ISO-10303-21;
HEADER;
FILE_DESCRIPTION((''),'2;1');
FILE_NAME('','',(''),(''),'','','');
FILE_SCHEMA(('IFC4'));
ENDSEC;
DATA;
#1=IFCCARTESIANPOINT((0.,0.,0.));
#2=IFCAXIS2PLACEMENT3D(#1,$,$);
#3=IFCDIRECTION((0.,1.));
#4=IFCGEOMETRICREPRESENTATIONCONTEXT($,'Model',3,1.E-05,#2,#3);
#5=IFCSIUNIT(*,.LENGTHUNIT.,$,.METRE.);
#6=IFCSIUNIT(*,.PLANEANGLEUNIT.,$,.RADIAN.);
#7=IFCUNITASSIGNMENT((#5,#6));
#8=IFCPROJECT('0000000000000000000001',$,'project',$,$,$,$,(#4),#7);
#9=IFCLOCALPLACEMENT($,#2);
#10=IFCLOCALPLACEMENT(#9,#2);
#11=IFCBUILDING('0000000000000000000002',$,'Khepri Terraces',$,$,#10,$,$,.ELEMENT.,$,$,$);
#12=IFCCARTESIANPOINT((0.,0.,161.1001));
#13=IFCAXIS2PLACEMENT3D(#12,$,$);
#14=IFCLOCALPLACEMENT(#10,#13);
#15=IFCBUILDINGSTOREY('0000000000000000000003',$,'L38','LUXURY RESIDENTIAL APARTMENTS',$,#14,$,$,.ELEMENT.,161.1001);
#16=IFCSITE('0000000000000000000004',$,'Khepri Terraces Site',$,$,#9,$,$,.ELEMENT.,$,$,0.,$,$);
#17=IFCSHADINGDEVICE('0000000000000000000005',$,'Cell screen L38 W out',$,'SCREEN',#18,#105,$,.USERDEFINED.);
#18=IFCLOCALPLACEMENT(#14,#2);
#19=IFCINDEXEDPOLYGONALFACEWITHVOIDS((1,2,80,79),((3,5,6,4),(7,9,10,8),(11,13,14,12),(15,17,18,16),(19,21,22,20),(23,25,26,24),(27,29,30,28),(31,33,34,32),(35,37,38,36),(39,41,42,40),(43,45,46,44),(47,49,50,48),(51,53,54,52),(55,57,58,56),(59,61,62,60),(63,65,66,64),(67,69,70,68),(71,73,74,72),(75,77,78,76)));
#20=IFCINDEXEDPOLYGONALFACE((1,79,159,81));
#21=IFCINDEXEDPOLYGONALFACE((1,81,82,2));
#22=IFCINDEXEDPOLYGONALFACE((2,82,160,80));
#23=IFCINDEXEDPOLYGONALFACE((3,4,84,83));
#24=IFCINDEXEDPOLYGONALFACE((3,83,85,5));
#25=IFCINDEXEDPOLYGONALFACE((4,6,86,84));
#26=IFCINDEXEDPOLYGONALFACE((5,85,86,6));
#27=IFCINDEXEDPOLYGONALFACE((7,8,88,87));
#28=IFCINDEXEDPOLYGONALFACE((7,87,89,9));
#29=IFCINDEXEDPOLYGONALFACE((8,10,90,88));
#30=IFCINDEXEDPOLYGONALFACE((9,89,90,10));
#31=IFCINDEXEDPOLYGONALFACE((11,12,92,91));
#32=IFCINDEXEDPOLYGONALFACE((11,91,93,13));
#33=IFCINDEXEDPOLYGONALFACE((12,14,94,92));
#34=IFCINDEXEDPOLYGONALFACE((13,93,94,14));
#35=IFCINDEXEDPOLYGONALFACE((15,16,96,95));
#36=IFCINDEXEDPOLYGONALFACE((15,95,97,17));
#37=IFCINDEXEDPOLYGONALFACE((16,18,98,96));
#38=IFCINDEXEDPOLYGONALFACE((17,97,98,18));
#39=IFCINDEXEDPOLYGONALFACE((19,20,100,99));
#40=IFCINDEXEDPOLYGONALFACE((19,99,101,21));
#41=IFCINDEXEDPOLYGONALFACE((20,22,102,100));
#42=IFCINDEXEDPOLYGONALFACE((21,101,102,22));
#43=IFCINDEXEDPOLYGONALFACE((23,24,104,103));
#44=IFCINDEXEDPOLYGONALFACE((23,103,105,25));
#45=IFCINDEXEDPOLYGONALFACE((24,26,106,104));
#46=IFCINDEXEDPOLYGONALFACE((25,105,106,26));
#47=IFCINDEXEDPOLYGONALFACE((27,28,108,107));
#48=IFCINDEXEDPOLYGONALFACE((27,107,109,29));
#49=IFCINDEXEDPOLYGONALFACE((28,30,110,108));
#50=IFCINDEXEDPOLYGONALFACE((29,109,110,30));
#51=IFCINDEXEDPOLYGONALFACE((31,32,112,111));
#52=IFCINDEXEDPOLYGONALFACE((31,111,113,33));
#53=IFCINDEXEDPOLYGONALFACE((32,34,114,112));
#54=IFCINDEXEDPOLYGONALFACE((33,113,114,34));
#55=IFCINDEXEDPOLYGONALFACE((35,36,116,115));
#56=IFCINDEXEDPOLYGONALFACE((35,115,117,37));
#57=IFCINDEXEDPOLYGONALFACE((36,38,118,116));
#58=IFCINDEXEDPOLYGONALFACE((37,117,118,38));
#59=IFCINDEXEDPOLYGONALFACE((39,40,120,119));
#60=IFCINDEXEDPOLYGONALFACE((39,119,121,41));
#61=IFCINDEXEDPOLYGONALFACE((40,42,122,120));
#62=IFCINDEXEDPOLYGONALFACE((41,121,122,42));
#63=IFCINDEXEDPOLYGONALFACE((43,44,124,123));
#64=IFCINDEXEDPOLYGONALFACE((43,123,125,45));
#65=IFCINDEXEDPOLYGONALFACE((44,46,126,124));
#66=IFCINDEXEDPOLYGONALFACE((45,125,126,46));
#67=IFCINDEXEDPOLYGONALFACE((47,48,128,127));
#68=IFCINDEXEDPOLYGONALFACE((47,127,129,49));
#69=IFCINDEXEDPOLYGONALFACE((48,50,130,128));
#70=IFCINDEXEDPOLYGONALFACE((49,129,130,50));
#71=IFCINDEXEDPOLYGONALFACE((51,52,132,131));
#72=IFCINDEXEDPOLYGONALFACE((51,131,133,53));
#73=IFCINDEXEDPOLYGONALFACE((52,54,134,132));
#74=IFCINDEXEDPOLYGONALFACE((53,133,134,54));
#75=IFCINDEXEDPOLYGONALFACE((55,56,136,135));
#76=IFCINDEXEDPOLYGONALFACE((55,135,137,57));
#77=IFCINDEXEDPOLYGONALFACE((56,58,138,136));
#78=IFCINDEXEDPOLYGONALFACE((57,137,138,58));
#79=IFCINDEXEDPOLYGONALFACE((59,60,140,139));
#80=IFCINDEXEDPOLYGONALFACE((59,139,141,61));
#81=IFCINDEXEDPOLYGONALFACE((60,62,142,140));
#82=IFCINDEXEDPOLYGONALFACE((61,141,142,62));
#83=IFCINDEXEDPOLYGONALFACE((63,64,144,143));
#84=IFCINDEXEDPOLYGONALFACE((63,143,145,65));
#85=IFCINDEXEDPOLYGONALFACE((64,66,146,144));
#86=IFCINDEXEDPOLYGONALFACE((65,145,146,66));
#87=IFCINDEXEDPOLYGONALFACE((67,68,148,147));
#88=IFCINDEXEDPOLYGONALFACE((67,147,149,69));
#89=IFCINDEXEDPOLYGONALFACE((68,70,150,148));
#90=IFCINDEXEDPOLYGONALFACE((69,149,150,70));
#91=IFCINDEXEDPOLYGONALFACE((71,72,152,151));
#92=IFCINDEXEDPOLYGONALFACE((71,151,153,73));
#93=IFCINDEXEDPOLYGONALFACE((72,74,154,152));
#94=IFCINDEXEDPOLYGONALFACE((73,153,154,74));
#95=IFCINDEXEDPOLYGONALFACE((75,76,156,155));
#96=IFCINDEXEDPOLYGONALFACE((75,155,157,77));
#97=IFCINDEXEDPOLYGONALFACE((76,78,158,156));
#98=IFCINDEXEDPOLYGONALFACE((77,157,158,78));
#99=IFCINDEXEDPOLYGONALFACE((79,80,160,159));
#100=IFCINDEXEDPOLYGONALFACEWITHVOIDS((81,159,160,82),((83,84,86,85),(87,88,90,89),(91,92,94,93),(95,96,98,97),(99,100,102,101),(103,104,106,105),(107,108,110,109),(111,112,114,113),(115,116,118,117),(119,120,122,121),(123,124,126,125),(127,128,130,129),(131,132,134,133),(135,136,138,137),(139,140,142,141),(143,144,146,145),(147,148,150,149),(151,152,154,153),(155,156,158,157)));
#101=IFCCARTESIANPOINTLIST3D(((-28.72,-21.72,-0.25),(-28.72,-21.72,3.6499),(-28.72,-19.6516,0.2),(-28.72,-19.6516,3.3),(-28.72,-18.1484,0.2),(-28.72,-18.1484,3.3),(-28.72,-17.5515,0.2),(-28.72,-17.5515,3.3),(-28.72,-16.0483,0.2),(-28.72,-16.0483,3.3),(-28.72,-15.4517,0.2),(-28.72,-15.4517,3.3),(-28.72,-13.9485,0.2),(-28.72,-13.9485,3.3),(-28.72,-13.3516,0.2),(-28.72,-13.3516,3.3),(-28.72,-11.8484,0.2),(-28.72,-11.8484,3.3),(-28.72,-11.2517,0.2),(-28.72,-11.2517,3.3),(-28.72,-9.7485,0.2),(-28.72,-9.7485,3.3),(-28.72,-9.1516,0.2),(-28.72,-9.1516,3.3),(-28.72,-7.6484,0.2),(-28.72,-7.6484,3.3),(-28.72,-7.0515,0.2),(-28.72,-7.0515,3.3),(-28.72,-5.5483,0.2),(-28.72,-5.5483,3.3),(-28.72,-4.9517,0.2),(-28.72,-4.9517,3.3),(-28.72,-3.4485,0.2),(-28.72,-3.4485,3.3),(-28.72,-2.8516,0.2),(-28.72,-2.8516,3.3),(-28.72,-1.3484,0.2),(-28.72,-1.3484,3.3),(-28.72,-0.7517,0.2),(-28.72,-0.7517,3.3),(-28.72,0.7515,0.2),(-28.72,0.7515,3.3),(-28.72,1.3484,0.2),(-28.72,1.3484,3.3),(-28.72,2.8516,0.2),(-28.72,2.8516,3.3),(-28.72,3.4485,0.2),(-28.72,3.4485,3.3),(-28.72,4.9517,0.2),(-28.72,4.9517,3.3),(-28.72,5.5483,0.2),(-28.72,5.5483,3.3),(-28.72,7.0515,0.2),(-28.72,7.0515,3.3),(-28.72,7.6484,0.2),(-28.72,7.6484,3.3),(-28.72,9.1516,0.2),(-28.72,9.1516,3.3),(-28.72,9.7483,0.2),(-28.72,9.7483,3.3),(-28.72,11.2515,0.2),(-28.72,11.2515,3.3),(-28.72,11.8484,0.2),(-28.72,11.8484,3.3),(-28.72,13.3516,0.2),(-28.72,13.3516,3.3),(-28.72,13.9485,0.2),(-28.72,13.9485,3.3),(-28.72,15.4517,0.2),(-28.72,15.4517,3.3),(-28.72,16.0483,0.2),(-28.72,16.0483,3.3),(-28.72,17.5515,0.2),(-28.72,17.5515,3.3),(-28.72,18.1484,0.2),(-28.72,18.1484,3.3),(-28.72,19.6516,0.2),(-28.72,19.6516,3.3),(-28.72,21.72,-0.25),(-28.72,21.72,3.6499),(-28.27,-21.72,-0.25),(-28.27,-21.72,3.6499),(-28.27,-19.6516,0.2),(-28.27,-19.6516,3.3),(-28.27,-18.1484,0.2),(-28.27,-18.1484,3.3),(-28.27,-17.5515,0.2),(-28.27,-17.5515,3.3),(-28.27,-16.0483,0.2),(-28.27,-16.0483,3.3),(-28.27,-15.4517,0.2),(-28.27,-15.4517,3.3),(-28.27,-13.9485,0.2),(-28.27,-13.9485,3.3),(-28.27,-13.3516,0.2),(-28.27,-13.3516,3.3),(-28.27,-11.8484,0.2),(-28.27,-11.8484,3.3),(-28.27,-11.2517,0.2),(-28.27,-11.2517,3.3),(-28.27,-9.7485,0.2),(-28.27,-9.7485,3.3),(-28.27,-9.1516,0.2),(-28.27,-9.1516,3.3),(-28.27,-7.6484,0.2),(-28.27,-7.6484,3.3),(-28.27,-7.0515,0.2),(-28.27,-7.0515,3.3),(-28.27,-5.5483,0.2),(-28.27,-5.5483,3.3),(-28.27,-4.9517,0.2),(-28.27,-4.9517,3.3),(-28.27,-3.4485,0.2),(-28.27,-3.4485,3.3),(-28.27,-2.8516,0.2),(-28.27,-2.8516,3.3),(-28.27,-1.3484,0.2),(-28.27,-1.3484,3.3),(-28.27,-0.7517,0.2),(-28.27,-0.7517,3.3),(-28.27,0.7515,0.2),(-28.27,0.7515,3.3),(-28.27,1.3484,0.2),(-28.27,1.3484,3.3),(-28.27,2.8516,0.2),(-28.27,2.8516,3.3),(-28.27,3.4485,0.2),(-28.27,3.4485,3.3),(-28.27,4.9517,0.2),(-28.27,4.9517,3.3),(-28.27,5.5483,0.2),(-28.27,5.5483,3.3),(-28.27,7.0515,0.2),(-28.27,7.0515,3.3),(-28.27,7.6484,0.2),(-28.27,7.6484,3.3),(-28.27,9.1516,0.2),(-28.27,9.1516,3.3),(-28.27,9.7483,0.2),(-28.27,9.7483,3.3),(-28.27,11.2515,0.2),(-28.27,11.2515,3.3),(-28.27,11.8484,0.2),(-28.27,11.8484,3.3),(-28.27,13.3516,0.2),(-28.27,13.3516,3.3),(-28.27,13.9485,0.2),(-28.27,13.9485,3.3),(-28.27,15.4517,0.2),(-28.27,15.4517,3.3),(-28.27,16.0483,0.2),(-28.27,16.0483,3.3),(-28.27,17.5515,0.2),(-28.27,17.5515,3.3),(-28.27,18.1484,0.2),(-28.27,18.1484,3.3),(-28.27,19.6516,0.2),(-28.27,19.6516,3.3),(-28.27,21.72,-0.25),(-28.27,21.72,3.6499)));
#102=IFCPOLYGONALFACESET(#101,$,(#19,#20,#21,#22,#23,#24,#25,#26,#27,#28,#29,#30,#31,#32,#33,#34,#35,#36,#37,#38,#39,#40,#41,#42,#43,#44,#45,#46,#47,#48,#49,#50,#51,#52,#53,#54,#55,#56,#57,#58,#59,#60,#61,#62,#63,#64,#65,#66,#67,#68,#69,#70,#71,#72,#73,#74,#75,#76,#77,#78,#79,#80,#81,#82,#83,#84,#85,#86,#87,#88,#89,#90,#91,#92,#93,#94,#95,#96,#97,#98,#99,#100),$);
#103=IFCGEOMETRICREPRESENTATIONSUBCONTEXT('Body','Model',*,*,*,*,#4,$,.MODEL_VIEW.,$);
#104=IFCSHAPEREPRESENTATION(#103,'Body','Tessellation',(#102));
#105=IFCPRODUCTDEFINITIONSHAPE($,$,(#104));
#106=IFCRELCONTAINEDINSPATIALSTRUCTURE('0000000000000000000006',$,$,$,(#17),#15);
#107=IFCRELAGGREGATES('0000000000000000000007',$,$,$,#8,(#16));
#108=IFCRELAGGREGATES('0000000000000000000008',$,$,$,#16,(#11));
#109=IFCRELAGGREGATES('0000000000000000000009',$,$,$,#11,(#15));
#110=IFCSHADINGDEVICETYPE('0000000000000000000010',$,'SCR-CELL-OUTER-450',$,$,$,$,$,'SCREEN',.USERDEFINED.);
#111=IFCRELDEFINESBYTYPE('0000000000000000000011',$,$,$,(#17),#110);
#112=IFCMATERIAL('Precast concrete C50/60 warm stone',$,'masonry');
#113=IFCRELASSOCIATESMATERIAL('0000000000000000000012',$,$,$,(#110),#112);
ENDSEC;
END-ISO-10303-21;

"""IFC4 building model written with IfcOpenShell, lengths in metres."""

from ifc_helpers import new_model, si_unit, direction, frame, origin, place, context, subcontext, project, spatial, polyline, outline, extrude, material, type_object, element, save


model = new_model("IFC4")

# Units and contexts
model_context = context("Model", 3, precision=1e-05, world=origin(), true_north=direction((0.0, 1.0)))
body_context = subcontext(model_context, "Body", "Model", "MODEL_VIEW")
ifc_project = project(units=[si_unit("LENGTHUNIT", "METRE"), si_unit("PLANEANGLEUNIT", "RADIAN")], contexts=[model_context])

# Site, building, storey
site_placement = place(None, origin())
site = spatial("IfcSite", under=ifc_project, at=site_placement, Name="Khepri Terraces Site", CompositionType="ELEMENT", RefElevation=0.0)
building_placement = place(site_placement, origin())
building = spatial("IfcBuilding", under=site, at=building_placement, Name="Khepri Terraces", CompositionType="ELEMENT")
storey_placement = place(building_placement, frame((0.0, 0.0, 161.1001)))
storey = spatial("IfcBuildingStorey", under=building, at=storey_placement, Name="L38", Description="LUXURY RESIDENTIAL APARTMENTS", CompositionType="ELEMENT", Elevation=161.1001)

# Shared definitions
ifc_material_1 = material(Name="Precast concrete C50/60 warm stone", Category="masonry")

# Shading device
shading_device_type_1 = type_object("IfcShadingDeviceType", Name="SCR-CELL-OUTER-450", ElementType="SCREEN", PredefinedType="USERDEFINED", material=ifc_material_1)
shading_device_1_placement = place(storey_placement, frame((-28.27, 21.72, -0.25), z_axis=(-1.0, 0.0, 0.0), x_axis=(0.0, -1.0, 0.0)))
element("IfcShadingDevice", 1, at=shading_device_1_placement, inside=storey, type_object=shading_device_type_1, Name="Cell screen L38 W out", ObjectType="SCREEN", PredefinedType="USERDEFINED", context=body_context, shape_type="SweptSolid", body=[
    extrude(outline(polyline([(0.0, 0.0), (43.4399, 0.0), (43.4399, 3.8999), (0.0, 3.8999), (0.0, 0.0)]), holes=[polyline([(2.0684, 0.45), (3.5715, 0.45), (3.5715, 3.55), (2.0684, 3.55), (2.0684, 0.45)]), polyline([(4.1685, 0.45), (5.6716, 0.45), (5.6716, 3.55), (4.1685, 3.55), (4.1685, 0.45)]), polyline([(6.2683, 0.45), (7.7715, 0.45), (7.7715, 3.55), (6.2683, 3.55), (6.2683, 0.45)]), polyline([(8.3684, 0.45), (9.8716, 0.45), (9.8716, 3.55), (8.3684, 3.55), (8.3684, 0.45)]), polyline([(10.4685, 0.45), (11.9717, 0.45), (11.9717, 3.55), (10.4685, 3.55), (10.4685, 0.45)]), polyline([(12.5684, 0.45), (14.0715, 0.45), (14.0715, 3.55), (12.5684, 3.55), (12.5684, 0.45)]), polyline([(14.6685, 0.45), (16.1716, 0.45), (16.1716, 3.55), (14.6685, 3.55), (14.6685, 0.45)]), polyline([(16.7683, 0.45), (18.2715, 0.45), (18.2715, 3.55), (16.7683, 3.55), (16.7683, 0.45)]), polyline([(18.8684, 0.45), (20.3716, 0.45), (20.3716, 3.55), (18.8684, 3.55), (18.8684, 0.45)]), polyline([(20.9685, 0.45), (22.4717, 0.45), (22.4717, 3.55), (20.9685, 3.55), (20.9685, 0.45)]), polyline([(23.0684, 0.45), (24.5715, 0.45), (24.5715, 3.55), (23.0684, 3.55), (23.0684, 0.45)]), polyline([(25.1685, 0.45), (26.6716, 0.45), (26.6716, 3.55), (25.1685, 3.55), (25.1685, 0.45)]), polyline([(27.2683, 0.45), (28.7715, 0.45), (28.7715, 3.55), (27.2683, 3.55), (27.2683, 0.45)]), polyline([(29.3684, 0.45), (30.8716, 0.45), (30.8716, 3.55), (29.3684, 3.55), (29.3684, 0.45)]), polyline([(31.4685, 0.45), (32.9717, 0.45), (32.9717, 3.55), (31.4685, 3.55), (31.4685, 0.45)]), polyline([(33.5684, 0.45), (35.0715, 0.45), (35.0715, 3.55), (33.5684, 3.55), (33.5684, 0.45)]), polyline([(35.6685, 0.45), (37.1716, 0.45), (37.1716, 3.55), (35.6685, 3.55), (35.6685, 0.45)]), polyline([(37.7683, 0.45), (39.2715, 0.45), (39.2715, 3.55), (37.7683, 3.55), (37.7683, 0.45)]), polyline([(39.8684, 0.45), (41.3716, 0.45), (41.3716, 3.55), (39.8684, 3.55), (39.8684, 0.45)])]), origin(), (0.0, 0.0, 1.0), 0.45),
])

save(model, "model.ifc")
